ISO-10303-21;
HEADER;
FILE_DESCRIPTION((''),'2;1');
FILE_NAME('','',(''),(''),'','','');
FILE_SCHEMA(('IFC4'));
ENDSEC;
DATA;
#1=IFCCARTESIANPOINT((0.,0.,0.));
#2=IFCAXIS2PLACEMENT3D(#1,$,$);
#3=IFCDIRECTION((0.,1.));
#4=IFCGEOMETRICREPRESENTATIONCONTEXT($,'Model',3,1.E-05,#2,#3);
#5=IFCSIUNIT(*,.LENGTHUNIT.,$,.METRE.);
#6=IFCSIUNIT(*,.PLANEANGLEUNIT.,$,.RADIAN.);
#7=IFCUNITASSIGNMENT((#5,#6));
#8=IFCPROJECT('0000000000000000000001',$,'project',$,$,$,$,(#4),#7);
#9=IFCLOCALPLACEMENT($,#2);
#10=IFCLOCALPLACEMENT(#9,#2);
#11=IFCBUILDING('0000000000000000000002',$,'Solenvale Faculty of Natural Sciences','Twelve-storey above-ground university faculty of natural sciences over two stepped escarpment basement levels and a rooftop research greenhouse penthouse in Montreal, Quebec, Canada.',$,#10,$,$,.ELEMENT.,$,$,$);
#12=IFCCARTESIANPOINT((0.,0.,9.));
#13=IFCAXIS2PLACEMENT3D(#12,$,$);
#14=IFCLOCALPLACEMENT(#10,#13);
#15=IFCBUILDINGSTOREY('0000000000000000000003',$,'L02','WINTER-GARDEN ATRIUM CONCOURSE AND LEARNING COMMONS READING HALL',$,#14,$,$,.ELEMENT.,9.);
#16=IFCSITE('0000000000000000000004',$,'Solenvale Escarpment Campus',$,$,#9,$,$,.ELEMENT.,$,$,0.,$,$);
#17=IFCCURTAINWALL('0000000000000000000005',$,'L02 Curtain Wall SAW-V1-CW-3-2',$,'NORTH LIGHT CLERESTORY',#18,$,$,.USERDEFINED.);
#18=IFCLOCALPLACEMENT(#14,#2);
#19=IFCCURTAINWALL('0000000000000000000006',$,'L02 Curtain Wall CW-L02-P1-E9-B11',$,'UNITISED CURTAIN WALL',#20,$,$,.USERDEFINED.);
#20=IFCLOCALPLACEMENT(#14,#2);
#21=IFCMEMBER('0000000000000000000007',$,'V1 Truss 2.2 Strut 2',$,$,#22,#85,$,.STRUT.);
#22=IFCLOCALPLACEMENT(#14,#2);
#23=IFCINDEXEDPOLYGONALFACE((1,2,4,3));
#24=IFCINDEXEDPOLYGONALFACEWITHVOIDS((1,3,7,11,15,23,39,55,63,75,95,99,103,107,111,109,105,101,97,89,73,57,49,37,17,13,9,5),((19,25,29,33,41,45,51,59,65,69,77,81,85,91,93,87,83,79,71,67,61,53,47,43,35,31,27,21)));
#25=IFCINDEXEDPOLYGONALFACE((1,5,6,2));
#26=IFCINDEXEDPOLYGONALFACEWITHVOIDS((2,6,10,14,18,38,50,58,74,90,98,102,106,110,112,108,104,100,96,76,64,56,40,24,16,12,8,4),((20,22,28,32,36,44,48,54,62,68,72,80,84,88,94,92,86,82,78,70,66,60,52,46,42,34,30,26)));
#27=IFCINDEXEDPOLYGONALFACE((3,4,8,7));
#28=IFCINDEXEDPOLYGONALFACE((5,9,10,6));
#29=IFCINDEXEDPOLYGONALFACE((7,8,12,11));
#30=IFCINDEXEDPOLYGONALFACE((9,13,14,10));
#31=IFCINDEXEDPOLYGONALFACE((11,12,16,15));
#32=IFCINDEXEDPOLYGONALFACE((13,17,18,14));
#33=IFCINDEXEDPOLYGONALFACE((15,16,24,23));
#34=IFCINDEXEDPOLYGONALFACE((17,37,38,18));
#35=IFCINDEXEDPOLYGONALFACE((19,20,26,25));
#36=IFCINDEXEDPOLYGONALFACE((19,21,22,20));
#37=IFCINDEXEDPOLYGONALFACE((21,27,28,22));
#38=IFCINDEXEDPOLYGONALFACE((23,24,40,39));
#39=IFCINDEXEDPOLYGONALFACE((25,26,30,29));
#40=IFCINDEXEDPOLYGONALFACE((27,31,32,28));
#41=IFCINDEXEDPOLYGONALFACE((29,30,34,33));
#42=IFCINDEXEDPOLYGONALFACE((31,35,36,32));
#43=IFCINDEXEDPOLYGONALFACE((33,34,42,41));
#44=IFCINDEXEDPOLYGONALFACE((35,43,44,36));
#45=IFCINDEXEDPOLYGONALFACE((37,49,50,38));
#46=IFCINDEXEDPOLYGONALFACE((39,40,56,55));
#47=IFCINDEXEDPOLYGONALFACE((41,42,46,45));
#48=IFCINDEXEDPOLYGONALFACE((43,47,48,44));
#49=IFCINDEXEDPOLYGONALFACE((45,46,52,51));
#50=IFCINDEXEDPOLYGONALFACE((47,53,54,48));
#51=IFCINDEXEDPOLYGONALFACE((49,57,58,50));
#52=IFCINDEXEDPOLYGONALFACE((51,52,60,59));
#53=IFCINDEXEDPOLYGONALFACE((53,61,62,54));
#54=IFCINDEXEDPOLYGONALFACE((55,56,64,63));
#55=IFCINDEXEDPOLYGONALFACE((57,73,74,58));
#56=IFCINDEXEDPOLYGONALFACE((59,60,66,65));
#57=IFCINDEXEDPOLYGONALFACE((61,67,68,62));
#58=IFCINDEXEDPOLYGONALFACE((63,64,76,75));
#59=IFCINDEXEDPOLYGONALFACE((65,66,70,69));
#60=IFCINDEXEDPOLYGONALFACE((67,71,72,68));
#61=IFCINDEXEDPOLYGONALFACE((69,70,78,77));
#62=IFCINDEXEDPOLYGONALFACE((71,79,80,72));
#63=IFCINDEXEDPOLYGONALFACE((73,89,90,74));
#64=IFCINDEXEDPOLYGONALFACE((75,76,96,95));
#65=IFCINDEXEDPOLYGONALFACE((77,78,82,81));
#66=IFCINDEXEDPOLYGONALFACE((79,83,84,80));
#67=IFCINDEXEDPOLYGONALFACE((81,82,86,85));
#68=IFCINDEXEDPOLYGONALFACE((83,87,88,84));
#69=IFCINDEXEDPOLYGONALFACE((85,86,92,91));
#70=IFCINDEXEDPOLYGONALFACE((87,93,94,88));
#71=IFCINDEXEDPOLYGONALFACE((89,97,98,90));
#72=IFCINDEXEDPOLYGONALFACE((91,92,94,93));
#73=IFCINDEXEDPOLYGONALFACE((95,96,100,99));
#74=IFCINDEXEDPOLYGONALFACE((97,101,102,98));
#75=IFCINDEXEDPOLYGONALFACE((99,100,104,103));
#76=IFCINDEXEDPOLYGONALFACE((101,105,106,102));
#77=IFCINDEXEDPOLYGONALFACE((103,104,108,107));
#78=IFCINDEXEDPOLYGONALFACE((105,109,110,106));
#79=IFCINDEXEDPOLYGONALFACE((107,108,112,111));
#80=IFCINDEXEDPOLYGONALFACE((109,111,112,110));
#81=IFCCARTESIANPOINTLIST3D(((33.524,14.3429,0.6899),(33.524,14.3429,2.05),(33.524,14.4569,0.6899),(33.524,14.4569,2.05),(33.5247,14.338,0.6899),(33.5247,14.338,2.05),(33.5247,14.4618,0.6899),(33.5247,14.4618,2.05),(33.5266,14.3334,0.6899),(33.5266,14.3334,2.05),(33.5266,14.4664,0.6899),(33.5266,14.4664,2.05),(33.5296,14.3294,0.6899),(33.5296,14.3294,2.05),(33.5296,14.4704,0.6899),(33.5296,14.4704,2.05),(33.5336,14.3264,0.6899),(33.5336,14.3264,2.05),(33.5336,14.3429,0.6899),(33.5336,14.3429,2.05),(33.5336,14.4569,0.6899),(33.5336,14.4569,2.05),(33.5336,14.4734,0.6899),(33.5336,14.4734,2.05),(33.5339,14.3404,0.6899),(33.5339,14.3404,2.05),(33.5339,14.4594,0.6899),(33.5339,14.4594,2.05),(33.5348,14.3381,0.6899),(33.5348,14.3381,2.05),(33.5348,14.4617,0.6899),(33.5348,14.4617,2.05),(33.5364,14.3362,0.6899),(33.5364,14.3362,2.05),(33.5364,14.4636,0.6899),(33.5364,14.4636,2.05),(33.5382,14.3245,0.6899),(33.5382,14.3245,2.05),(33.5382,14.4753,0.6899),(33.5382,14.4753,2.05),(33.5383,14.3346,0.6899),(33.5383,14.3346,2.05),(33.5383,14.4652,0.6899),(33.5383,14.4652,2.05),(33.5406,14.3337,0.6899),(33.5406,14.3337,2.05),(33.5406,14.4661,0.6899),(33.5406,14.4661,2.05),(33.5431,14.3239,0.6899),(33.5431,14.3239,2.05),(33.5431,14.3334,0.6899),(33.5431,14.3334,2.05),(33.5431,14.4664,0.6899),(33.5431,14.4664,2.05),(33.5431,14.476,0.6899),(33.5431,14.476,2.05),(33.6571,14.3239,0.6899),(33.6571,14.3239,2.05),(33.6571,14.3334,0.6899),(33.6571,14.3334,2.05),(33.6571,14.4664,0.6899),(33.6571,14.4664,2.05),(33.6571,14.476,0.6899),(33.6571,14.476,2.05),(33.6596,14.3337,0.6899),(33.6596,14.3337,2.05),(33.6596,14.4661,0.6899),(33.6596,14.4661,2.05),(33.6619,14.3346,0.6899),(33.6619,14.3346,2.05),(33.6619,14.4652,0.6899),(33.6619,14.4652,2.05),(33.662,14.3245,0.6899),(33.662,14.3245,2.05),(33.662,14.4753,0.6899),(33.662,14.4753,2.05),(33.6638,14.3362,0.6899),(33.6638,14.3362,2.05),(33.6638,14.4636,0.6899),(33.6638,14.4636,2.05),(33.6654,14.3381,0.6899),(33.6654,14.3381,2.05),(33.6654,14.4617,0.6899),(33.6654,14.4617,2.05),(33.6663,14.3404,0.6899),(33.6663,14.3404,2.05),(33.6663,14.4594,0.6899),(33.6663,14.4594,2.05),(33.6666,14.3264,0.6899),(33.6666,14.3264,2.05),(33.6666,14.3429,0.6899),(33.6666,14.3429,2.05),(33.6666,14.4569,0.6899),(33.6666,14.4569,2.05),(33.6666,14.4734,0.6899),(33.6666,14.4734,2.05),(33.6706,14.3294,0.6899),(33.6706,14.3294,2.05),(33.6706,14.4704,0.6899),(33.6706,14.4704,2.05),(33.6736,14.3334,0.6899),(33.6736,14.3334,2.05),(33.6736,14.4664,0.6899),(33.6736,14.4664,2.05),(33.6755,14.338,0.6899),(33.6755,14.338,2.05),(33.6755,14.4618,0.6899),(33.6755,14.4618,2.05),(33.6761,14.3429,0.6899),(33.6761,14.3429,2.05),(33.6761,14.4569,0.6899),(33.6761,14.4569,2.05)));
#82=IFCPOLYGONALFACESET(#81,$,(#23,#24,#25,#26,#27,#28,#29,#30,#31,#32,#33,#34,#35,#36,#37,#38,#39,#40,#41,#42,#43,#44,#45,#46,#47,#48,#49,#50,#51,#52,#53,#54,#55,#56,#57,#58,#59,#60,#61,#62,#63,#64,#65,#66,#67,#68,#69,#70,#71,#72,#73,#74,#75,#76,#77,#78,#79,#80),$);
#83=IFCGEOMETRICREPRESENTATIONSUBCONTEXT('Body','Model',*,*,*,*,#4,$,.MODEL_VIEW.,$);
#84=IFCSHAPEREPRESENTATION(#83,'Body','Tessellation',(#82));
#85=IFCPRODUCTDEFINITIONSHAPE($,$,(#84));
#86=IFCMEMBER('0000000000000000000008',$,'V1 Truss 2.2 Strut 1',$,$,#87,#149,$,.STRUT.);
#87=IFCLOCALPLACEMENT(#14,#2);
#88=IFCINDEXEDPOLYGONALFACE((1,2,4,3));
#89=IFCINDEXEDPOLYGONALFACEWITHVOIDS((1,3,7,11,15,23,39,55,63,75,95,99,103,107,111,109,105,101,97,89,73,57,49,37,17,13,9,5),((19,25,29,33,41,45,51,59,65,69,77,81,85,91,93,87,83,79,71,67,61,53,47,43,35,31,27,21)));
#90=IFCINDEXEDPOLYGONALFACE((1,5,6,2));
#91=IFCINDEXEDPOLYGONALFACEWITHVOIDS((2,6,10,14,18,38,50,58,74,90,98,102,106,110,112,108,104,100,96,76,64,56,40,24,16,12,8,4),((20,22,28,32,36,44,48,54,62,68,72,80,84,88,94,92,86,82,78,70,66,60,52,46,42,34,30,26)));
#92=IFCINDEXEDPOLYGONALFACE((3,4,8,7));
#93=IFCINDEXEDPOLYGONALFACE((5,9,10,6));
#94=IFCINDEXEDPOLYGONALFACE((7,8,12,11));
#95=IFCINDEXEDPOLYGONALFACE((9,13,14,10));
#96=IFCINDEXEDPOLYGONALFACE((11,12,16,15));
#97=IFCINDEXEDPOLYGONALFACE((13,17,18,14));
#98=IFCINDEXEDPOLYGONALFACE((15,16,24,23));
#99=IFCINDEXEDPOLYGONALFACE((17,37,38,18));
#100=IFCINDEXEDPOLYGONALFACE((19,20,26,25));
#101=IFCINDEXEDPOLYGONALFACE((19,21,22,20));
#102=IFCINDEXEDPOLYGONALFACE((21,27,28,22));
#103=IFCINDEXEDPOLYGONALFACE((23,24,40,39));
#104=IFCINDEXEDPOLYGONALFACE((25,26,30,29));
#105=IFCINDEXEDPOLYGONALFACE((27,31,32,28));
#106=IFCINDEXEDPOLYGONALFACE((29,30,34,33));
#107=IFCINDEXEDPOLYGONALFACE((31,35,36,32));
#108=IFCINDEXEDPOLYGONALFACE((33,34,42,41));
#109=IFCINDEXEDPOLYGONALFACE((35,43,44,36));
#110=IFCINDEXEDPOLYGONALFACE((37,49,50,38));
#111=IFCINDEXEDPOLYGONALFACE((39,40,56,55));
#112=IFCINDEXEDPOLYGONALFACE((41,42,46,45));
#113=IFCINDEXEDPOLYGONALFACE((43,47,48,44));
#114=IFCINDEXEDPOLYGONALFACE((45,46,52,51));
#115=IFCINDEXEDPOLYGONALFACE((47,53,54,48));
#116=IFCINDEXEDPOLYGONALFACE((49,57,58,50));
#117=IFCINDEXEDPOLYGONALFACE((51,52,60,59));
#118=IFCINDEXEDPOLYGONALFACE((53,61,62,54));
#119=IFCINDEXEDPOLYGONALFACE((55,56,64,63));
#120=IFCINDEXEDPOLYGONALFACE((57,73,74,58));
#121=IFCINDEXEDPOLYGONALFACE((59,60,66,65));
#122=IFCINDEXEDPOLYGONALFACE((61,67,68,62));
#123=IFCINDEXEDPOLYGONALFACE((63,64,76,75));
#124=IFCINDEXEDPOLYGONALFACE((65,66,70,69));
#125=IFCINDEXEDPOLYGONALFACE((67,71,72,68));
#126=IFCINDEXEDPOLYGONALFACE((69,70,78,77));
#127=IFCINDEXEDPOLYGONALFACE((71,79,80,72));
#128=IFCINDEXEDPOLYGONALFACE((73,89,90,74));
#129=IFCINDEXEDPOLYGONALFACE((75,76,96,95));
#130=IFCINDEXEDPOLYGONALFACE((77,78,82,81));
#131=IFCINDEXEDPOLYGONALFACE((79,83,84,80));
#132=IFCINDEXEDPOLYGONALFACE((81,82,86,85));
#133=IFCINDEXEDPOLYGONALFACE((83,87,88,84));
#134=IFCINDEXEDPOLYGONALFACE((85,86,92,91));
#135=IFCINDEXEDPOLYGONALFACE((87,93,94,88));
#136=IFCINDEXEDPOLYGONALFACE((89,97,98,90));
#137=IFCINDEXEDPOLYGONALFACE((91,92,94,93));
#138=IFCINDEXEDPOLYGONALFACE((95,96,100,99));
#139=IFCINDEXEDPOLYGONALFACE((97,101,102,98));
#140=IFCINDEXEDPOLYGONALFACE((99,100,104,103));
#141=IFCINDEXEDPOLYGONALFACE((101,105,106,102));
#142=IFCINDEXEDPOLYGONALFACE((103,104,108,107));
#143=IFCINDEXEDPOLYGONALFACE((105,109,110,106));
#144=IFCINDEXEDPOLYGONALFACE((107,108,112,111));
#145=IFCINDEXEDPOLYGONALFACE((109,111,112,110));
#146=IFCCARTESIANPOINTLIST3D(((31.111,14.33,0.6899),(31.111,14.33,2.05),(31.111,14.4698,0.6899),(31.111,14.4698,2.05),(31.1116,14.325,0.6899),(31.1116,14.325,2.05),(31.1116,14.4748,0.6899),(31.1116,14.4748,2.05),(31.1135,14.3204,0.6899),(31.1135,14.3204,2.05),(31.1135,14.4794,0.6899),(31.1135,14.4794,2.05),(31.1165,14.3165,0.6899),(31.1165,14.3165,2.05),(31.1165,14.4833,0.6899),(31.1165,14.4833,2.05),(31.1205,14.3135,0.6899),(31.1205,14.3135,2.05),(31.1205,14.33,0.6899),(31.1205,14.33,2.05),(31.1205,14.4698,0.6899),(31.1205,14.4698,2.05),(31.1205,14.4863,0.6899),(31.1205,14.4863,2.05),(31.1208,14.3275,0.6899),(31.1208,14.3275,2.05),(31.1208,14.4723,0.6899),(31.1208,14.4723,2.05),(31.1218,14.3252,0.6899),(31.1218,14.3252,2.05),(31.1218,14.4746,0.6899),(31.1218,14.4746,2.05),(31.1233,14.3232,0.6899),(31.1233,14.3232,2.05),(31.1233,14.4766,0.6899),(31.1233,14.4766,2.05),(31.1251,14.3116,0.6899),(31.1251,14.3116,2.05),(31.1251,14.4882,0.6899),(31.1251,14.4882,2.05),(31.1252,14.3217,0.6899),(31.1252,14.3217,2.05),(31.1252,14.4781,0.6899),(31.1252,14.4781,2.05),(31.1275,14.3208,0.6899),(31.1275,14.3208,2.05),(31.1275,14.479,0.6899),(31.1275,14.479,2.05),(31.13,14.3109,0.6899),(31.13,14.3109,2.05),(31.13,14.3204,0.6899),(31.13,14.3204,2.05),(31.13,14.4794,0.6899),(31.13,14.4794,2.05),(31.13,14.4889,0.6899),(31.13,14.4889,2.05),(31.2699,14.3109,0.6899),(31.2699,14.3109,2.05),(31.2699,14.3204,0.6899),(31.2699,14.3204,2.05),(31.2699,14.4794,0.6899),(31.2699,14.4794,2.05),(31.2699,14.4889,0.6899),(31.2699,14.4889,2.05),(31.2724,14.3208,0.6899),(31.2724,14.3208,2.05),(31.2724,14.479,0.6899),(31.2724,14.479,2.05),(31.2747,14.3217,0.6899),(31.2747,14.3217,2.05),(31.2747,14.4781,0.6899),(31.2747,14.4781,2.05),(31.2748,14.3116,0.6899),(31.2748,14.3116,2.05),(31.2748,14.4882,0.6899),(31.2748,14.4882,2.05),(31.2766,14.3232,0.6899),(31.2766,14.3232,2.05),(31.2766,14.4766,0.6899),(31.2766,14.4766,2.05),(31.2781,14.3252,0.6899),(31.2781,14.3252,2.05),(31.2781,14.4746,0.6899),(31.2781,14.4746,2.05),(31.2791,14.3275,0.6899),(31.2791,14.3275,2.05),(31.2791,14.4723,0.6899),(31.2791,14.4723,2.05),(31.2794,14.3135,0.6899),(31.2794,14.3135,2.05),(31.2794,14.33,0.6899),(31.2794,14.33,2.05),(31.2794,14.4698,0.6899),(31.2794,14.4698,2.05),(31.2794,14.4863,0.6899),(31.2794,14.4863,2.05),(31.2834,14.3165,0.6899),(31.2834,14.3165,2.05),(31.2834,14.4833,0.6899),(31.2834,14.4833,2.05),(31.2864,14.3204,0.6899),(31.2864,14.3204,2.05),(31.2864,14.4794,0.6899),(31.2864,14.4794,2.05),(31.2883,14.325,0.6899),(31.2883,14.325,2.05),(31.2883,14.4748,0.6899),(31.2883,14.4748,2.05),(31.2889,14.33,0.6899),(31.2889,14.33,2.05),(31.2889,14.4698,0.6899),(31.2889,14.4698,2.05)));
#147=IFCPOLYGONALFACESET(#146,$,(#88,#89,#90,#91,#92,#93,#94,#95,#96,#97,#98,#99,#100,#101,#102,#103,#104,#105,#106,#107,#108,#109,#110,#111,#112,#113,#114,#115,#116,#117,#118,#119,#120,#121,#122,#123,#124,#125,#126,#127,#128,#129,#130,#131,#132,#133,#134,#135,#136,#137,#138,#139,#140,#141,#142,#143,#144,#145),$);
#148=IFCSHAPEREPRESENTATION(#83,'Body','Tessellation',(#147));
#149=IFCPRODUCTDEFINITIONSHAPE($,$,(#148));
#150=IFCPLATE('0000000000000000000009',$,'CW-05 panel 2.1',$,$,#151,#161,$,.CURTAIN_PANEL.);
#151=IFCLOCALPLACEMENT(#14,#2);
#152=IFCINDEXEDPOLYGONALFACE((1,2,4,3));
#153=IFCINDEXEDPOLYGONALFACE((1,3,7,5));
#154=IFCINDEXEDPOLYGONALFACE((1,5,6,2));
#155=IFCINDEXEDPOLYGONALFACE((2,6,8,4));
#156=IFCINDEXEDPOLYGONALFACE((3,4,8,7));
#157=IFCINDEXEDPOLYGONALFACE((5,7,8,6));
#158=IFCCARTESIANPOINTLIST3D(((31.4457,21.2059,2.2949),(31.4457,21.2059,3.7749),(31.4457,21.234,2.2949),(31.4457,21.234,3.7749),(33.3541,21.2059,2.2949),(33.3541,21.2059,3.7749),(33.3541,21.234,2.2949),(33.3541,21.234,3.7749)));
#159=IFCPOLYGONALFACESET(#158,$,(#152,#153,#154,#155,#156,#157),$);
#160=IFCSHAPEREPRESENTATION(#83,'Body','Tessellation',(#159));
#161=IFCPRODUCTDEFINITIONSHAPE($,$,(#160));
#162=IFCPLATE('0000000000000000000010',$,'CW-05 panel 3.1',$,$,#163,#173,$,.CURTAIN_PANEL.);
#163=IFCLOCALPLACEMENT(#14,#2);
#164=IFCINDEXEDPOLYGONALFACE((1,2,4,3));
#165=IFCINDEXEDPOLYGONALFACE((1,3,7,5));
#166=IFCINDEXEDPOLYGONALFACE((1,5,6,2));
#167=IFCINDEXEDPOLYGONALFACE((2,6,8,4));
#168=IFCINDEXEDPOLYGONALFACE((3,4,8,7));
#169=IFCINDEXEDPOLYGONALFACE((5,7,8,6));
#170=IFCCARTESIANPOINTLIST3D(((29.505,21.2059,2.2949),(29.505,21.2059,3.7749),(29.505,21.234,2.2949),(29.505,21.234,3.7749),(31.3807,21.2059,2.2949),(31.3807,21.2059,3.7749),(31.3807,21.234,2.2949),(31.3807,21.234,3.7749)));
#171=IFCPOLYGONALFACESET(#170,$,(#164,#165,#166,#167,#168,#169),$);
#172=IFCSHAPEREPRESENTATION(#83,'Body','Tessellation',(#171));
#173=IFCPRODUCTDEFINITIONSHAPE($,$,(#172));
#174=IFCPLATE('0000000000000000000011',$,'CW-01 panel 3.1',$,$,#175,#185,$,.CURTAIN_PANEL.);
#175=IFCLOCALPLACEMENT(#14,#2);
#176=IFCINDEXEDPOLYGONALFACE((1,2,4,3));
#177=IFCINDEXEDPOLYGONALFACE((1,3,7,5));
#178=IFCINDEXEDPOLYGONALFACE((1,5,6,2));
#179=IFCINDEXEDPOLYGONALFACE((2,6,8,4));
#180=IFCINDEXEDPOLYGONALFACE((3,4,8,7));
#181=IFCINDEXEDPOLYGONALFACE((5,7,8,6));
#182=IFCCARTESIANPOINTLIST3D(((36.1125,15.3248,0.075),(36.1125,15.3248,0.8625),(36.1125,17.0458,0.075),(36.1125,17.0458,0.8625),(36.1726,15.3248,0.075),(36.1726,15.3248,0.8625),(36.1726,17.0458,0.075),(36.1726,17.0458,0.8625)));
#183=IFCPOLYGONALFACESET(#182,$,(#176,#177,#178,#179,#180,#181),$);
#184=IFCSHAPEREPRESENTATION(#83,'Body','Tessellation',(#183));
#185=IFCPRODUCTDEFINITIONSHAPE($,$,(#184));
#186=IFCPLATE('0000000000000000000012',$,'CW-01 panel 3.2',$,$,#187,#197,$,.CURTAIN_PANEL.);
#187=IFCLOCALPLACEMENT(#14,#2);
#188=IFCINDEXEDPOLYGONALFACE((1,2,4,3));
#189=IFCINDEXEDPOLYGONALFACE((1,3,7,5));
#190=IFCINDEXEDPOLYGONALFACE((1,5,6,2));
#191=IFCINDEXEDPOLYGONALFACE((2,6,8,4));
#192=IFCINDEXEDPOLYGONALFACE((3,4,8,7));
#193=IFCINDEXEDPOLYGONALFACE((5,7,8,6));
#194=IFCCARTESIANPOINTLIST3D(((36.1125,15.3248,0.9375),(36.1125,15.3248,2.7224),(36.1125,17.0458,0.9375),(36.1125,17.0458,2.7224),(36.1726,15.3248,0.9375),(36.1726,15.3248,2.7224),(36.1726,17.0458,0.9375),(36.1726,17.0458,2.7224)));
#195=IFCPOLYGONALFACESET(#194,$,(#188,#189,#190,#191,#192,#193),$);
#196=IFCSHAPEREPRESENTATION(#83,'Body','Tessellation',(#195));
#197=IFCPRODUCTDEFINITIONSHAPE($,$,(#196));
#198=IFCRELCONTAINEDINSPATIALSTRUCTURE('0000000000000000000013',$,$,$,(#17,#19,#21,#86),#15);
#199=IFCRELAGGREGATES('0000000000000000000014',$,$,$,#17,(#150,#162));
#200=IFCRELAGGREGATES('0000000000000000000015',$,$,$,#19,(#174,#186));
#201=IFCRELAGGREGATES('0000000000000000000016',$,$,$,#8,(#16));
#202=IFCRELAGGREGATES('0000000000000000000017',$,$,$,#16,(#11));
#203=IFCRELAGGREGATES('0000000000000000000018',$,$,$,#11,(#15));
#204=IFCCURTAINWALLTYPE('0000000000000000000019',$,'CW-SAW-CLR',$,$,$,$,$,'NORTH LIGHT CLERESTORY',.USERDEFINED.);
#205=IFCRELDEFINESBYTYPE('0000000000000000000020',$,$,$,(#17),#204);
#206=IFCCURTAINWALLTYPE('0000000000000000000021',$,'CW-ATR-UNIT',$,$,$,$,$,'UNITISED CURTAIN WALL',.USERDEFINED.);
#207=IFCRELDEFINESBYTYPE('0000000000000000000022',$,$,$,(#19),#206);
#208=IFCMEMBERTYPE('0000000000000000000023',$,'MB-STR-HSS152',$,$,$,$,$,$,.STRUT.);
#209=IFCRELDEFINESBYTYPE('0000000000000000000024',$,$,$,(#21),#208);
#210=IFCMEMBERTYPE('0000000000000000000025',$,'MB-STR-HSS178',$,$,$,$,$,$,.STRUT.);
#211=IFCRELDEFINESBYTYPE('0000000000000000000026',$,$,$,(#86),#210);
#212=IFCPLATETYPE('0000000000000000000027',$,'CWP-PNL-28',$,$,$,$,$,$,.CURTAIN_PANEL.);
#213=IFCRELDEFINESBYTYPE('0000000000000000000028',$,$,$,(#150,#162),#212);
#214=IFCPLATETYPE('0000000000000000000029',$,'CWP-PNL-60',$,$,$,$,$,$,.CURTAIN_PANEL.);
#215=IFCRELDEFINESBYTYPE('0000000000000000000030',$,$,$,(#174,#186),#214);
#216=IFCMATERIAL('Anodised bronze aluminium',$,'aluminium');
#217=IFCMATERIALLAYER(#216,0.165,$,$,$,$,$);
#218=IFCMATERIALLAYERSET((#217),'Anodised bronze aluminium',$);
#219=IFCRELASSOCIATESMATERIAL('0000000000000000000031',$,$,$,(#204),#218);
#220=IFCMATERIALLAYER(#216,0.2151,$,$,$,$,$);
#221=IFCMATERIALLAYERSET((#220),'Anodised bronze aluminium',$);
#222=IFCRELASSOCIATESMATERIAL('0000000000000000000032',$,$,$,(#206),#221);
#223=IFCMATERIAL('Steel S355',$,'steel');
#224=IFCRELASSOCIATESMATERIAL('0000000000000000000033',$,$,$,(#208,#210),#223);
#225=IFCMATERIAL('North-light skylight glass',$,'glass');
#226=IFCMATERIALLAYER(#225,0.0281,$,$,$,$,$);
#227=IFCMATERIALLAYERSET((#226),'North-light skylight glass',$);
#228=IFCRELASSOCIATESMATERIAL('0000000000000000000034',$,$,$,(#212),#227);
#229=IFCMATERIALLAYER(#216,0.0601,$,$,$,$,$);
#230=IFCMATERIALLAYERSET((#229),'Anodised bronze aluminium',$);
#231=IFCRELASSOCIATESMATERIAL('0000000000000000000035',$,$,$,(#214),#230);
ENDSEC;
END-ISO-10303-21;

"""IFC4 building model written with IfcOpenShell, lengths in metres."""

from ifc_helpers import new_model, si_unit, direction, frame, origin, origin_2d, place, context, subcontext, project, spatial, rectangle, hollow_rectangle, extrude, material, layer, layer_set, material_profile, profile_set, type_object, element, aggregate, save


model = new_model("IFC4")

# Units and contexts
model_context = context("Model", 3, precision=1e-05, world=origin(), true_north=direction((0.0, 1.0)))
body_context = subcontext(model_context, "Body", "Model", "MODEL_VIEW")
ifc_project = project(units=[si_unit("LENGTHUNIT", "METRE"), si_unit("PLANEANGLEUNIT", "RADIAN")], contexts=[model_context])

# Site, building, storey
site_placement = place(None, origin())
site = spatial("IfcSite", under=ifc_project, at=site_placement, Name="Solenvale Escarpment Campus", CompositionType="ELEMENT", RefElevation=0.0)
building_placement = place(site_placement, origin())
building = spatial("IfcBuilding", under=site, at=building_placement, Name="Solenvale Faculty of Natural Sciences", Description="Twelve-storey above-ground university faculty of natural sciences over two stepped escarpment basement levels and a rooftop research greenhouse penthouse in Montreal, Quebec, Canada.", CompositionType="ELEMENT")
storey_placement = place(building_placement, frame((0.0, 0.0, 9.0)))
storey = spatial("IfcBuildingStorey", under=building, at=storey_placement, Name="L02", Description="WINTER-GARDEN ATRIUM CONCOURSE AND LEARNING COMMONS READING HALL", CompositionType="ELEMENT", Elevation=9.0)

# Shared definitions
ifc_material_1 = material(Name="Steel S355", Category="steel")

# Curtain wall
ifc_material_2 = material(Name="Anodised bronze aluminium", Category="aluminium")
ifc_layer_1 = layer(ifc_material_2, 0.165)
ifc_layer_set_1 = layer_set([ifc_layer_1], Name="Anodised bronze aluminium")
curtain_wall_type_1 = type_object("IfcCurtainWallType", Name="CW-SAW-CLR", ElementType="NORTH LIGHT CLERESTORY", PredefinedType="USERDEFINED", material=ifc_layer_set_1)
curtain_wall_1_placement = place(storey_placement, origin())
curtain_wall_1 = element("IfcCurtainWall", 1, at=curtain_wall_1_placement, inside=storey, type_object=curtain_wall_type_1, Name="L02 Curtain Wall SAW-V1-CW-3-2", ObjectType="NORTH LIGHT CLERESTORY", PredefinedType="USERDEFINED")

# Curtain wall
ifc_layer_2 = layer(ifc_material_2, 0.2151)
ifc_layer_set_2 = layer_set([ifc_layer_2], Name="Anodised bronze aluminium")
curtain_wall_type_2 = type_object("IfcCurtainWallType", Name="CW-ATR-UNIT", ElementType="UNITISED CURTAIN WALL", PredefinedType="USERDEFINED", material=ifc_layer_set_2)
curtain_wall_2_placement = place(storey_placement, origin())
curtain_wall_2 = element("IfcCurtainWall", 2, at=curtain_wall_2_placement, inside=storey, type_object=curtain_wall_type_2, Name="L02 Curtain Wall CW-L02-P1-E9-B11", ObjectType="UNITISED CURTAIN WALL", PredefinedType="USERDEFINED")

# Members
ifc_material_profile_1 = material_profile(ifc_material_1, hollow_rectangle(XDim=0.1521, YDim=0.1521, WallThickness=0.0095, InnerFilletRadius=0.0095, OuterFilletRadius=0.019, at=origin_2d()), Name="HSS152x152x9.5")
ifc_profile_set_1 = profile_set([ifc_material_profile_1], Name="Steel S355")
member_type_1 = type_object("IfcMemberType", Name="MB-STR-HSS152", PredefinedType="STRUT", material=ifc_profile_set_1)
member_1_placement = place(storey_placement, frame((33.6001, 14.3999, 0.6899), z_axis=(0.0, 0.0, 1.0), x_axis=(1.0, 0.0, 0.0)))
element("IfcMember", 3, at=member_1_placement, inside=storey, type_object=member_type_1, Name="V1 Truss 2.2 Strut 2", PredefinedType="STRUT", context=body_context, shape_type="SweptSolid", body=[
    extrude(hollow_rectangle(XDim=0.1521, YDim=0.1521, WallThickness=0.0095, InnerFilletRadius=0.0095, OuterFilletRadius=0.019, at=origin_2d()), origin(), (0.0, 0.0, 1.0), 1.3601),
])
ifc_material_profile_2 = material_profile(ifc_material_1, hollow_rectangle(XDim=0.178, YDim=0.178, WallThickness=0.0095, InnerFilletRadius=0.0095, OuterFilletRadius=0.019, at=origin_2d()), Name="HSS178x178x9.5")
ifc_profile_set_2 = profile_set([ifc_material_profile_2], Name="Steel S355")
member_type_2 = type_object("IfcMemberType", Name="MB-STR-HSS178", PredefinedType="STRUT", material=ifc_profile_set_2)
member_2_placement = place(storey_placement, frame((31.2, 14.3999, 0.6899), z_axis=(0.0, 0.0, 1.0), x_axis=(1.0, 0.0, 0.0)))
element("IfcMember", 4, at=member_2_placement, inside=storey, type_object=member_type_2, Name="V1 Truss 2.2 Strut 1", PredefinedType="STRUT", context=body_context, shape_type="SweptSolid", body=[
    extrude(hollow_rectangle(XDim=0.178, YDim=0.178, WallThickness=0.0095, InnerFilletRadius=0.0095, OuterFilletRadius=0.019, at=origin_2d()), origin(), (0.0, 0.0, 1.0), 1.3601),
])

# Plates
ifc_material_3 = material(Name="North-light skylight glass", Category="glass")
ifc_layer_3 = layer(ifc_material_3, 0.0281)
ifc_layer_set_3 = layer_set([ifc_layer_3], Name="North-light skylight glass")
plate_type_1 = type_object("IfcPlateType", Name="CWP-PNL-28", PredefinedType="CURTAIN_PANEL", material=ifc_layer_set_3)
plate_1_placement = place(storey_placement, frame((32.3999, 21.22, 2.2949), z_axis=(0.0, 0.0, 1.0), x_axis=(-1.0, 0.0, 0.0)))
plate_1 = element("IfcPlate", 5, at=plate_1_placement, type_object=plate_type_1, Name="CW-05 panel 2.1", PredefinedType="CURTAIN_PANEL", context=body_context, shape_type="SweptSolid", body=[
    extrude(rectangle(XDim=1.9084, YDim=0.0281, at=origin_2d()), origin(), (0.0, 0.0, 1.0), 1.48),
])
plate_2_placement = place(storey_placement, frame((30.4429, 21.22, 2.2949), z_axis=(0.0, 0.0, 1.0), x_axis=(-1.0, 0.0, 0.0)))
plate_2 = element("IfcPlate", 6, at=plate_2_placement, type_object=plate_type_1, Name="CW-05 panel 3.1", PredefinedType="CURTAIN_PANEL", context=body_context, shape_type="SweptSolid", body=[
    extrude(rectangle(XDim=1.8757, YDim=0.0281, at=origin_2d()), origin(), (0.0, 0.0, 1.0), 1.48),
])
aggregate(curtain_wall_1, [plate_1, plate_2])
ifc_layer_4 = layer(ifc_material_2, 0.0601)
ifc_layer_set_4 = layer_set([ifc_layer_4], Name="Anodised bronze aluminium")
plate_type_2 = type_object("IfcPlateType", Name="CWP-PNL-60", PredefinedType="CURTAIN_PANEL", material=ifc_layer_set_4)
plate_3_placement = place(storey_placement, frame((36.1426, 16.1853, 0.075), z_axis=(0.0, 0.0, 1.0), x_axis=(0.0, -1.0, 0.0)))
plate_3 = element("IfcPlate", 7, at=plate_3_placement, type_object=plate_type_2, Name="CW-01 panel 3.1", PredefinedType="CURTAIN_PANEL", context=body_context, shape_type="SweptSolid", body=[
    extrude(rectangle(XDim=1.7209, YDim=0.0601, at=origin_2d()), origin(), (0.0, 0.0, 1.0), 0.7876),
])
plate_4_placement = place(storey_placement, frame((36.1426, 16.1853, 0.9375), z_axis=(0.0, 0.0, 1.0), x_axis=(0.0, -1.0, 0.0)))
plate_4 = element("IfcPlate", 8, at=plate_4_placement, type_object=plate_type_2, Name="CW-01 panel 3.2", PredefinedType="CURTAIN_PANEL", context=body_context, shape_type="SweptSolid", body=[
    extrude(rectangle(XDim=1.7209, YDim=0.0601, at=origin_2d()), origin(), (0.0, 0.0, 1.0), 1.7849),
])
aggregate(curtain_wall_2, [plate_3, plate_4])

save(model, "model.ifc")
